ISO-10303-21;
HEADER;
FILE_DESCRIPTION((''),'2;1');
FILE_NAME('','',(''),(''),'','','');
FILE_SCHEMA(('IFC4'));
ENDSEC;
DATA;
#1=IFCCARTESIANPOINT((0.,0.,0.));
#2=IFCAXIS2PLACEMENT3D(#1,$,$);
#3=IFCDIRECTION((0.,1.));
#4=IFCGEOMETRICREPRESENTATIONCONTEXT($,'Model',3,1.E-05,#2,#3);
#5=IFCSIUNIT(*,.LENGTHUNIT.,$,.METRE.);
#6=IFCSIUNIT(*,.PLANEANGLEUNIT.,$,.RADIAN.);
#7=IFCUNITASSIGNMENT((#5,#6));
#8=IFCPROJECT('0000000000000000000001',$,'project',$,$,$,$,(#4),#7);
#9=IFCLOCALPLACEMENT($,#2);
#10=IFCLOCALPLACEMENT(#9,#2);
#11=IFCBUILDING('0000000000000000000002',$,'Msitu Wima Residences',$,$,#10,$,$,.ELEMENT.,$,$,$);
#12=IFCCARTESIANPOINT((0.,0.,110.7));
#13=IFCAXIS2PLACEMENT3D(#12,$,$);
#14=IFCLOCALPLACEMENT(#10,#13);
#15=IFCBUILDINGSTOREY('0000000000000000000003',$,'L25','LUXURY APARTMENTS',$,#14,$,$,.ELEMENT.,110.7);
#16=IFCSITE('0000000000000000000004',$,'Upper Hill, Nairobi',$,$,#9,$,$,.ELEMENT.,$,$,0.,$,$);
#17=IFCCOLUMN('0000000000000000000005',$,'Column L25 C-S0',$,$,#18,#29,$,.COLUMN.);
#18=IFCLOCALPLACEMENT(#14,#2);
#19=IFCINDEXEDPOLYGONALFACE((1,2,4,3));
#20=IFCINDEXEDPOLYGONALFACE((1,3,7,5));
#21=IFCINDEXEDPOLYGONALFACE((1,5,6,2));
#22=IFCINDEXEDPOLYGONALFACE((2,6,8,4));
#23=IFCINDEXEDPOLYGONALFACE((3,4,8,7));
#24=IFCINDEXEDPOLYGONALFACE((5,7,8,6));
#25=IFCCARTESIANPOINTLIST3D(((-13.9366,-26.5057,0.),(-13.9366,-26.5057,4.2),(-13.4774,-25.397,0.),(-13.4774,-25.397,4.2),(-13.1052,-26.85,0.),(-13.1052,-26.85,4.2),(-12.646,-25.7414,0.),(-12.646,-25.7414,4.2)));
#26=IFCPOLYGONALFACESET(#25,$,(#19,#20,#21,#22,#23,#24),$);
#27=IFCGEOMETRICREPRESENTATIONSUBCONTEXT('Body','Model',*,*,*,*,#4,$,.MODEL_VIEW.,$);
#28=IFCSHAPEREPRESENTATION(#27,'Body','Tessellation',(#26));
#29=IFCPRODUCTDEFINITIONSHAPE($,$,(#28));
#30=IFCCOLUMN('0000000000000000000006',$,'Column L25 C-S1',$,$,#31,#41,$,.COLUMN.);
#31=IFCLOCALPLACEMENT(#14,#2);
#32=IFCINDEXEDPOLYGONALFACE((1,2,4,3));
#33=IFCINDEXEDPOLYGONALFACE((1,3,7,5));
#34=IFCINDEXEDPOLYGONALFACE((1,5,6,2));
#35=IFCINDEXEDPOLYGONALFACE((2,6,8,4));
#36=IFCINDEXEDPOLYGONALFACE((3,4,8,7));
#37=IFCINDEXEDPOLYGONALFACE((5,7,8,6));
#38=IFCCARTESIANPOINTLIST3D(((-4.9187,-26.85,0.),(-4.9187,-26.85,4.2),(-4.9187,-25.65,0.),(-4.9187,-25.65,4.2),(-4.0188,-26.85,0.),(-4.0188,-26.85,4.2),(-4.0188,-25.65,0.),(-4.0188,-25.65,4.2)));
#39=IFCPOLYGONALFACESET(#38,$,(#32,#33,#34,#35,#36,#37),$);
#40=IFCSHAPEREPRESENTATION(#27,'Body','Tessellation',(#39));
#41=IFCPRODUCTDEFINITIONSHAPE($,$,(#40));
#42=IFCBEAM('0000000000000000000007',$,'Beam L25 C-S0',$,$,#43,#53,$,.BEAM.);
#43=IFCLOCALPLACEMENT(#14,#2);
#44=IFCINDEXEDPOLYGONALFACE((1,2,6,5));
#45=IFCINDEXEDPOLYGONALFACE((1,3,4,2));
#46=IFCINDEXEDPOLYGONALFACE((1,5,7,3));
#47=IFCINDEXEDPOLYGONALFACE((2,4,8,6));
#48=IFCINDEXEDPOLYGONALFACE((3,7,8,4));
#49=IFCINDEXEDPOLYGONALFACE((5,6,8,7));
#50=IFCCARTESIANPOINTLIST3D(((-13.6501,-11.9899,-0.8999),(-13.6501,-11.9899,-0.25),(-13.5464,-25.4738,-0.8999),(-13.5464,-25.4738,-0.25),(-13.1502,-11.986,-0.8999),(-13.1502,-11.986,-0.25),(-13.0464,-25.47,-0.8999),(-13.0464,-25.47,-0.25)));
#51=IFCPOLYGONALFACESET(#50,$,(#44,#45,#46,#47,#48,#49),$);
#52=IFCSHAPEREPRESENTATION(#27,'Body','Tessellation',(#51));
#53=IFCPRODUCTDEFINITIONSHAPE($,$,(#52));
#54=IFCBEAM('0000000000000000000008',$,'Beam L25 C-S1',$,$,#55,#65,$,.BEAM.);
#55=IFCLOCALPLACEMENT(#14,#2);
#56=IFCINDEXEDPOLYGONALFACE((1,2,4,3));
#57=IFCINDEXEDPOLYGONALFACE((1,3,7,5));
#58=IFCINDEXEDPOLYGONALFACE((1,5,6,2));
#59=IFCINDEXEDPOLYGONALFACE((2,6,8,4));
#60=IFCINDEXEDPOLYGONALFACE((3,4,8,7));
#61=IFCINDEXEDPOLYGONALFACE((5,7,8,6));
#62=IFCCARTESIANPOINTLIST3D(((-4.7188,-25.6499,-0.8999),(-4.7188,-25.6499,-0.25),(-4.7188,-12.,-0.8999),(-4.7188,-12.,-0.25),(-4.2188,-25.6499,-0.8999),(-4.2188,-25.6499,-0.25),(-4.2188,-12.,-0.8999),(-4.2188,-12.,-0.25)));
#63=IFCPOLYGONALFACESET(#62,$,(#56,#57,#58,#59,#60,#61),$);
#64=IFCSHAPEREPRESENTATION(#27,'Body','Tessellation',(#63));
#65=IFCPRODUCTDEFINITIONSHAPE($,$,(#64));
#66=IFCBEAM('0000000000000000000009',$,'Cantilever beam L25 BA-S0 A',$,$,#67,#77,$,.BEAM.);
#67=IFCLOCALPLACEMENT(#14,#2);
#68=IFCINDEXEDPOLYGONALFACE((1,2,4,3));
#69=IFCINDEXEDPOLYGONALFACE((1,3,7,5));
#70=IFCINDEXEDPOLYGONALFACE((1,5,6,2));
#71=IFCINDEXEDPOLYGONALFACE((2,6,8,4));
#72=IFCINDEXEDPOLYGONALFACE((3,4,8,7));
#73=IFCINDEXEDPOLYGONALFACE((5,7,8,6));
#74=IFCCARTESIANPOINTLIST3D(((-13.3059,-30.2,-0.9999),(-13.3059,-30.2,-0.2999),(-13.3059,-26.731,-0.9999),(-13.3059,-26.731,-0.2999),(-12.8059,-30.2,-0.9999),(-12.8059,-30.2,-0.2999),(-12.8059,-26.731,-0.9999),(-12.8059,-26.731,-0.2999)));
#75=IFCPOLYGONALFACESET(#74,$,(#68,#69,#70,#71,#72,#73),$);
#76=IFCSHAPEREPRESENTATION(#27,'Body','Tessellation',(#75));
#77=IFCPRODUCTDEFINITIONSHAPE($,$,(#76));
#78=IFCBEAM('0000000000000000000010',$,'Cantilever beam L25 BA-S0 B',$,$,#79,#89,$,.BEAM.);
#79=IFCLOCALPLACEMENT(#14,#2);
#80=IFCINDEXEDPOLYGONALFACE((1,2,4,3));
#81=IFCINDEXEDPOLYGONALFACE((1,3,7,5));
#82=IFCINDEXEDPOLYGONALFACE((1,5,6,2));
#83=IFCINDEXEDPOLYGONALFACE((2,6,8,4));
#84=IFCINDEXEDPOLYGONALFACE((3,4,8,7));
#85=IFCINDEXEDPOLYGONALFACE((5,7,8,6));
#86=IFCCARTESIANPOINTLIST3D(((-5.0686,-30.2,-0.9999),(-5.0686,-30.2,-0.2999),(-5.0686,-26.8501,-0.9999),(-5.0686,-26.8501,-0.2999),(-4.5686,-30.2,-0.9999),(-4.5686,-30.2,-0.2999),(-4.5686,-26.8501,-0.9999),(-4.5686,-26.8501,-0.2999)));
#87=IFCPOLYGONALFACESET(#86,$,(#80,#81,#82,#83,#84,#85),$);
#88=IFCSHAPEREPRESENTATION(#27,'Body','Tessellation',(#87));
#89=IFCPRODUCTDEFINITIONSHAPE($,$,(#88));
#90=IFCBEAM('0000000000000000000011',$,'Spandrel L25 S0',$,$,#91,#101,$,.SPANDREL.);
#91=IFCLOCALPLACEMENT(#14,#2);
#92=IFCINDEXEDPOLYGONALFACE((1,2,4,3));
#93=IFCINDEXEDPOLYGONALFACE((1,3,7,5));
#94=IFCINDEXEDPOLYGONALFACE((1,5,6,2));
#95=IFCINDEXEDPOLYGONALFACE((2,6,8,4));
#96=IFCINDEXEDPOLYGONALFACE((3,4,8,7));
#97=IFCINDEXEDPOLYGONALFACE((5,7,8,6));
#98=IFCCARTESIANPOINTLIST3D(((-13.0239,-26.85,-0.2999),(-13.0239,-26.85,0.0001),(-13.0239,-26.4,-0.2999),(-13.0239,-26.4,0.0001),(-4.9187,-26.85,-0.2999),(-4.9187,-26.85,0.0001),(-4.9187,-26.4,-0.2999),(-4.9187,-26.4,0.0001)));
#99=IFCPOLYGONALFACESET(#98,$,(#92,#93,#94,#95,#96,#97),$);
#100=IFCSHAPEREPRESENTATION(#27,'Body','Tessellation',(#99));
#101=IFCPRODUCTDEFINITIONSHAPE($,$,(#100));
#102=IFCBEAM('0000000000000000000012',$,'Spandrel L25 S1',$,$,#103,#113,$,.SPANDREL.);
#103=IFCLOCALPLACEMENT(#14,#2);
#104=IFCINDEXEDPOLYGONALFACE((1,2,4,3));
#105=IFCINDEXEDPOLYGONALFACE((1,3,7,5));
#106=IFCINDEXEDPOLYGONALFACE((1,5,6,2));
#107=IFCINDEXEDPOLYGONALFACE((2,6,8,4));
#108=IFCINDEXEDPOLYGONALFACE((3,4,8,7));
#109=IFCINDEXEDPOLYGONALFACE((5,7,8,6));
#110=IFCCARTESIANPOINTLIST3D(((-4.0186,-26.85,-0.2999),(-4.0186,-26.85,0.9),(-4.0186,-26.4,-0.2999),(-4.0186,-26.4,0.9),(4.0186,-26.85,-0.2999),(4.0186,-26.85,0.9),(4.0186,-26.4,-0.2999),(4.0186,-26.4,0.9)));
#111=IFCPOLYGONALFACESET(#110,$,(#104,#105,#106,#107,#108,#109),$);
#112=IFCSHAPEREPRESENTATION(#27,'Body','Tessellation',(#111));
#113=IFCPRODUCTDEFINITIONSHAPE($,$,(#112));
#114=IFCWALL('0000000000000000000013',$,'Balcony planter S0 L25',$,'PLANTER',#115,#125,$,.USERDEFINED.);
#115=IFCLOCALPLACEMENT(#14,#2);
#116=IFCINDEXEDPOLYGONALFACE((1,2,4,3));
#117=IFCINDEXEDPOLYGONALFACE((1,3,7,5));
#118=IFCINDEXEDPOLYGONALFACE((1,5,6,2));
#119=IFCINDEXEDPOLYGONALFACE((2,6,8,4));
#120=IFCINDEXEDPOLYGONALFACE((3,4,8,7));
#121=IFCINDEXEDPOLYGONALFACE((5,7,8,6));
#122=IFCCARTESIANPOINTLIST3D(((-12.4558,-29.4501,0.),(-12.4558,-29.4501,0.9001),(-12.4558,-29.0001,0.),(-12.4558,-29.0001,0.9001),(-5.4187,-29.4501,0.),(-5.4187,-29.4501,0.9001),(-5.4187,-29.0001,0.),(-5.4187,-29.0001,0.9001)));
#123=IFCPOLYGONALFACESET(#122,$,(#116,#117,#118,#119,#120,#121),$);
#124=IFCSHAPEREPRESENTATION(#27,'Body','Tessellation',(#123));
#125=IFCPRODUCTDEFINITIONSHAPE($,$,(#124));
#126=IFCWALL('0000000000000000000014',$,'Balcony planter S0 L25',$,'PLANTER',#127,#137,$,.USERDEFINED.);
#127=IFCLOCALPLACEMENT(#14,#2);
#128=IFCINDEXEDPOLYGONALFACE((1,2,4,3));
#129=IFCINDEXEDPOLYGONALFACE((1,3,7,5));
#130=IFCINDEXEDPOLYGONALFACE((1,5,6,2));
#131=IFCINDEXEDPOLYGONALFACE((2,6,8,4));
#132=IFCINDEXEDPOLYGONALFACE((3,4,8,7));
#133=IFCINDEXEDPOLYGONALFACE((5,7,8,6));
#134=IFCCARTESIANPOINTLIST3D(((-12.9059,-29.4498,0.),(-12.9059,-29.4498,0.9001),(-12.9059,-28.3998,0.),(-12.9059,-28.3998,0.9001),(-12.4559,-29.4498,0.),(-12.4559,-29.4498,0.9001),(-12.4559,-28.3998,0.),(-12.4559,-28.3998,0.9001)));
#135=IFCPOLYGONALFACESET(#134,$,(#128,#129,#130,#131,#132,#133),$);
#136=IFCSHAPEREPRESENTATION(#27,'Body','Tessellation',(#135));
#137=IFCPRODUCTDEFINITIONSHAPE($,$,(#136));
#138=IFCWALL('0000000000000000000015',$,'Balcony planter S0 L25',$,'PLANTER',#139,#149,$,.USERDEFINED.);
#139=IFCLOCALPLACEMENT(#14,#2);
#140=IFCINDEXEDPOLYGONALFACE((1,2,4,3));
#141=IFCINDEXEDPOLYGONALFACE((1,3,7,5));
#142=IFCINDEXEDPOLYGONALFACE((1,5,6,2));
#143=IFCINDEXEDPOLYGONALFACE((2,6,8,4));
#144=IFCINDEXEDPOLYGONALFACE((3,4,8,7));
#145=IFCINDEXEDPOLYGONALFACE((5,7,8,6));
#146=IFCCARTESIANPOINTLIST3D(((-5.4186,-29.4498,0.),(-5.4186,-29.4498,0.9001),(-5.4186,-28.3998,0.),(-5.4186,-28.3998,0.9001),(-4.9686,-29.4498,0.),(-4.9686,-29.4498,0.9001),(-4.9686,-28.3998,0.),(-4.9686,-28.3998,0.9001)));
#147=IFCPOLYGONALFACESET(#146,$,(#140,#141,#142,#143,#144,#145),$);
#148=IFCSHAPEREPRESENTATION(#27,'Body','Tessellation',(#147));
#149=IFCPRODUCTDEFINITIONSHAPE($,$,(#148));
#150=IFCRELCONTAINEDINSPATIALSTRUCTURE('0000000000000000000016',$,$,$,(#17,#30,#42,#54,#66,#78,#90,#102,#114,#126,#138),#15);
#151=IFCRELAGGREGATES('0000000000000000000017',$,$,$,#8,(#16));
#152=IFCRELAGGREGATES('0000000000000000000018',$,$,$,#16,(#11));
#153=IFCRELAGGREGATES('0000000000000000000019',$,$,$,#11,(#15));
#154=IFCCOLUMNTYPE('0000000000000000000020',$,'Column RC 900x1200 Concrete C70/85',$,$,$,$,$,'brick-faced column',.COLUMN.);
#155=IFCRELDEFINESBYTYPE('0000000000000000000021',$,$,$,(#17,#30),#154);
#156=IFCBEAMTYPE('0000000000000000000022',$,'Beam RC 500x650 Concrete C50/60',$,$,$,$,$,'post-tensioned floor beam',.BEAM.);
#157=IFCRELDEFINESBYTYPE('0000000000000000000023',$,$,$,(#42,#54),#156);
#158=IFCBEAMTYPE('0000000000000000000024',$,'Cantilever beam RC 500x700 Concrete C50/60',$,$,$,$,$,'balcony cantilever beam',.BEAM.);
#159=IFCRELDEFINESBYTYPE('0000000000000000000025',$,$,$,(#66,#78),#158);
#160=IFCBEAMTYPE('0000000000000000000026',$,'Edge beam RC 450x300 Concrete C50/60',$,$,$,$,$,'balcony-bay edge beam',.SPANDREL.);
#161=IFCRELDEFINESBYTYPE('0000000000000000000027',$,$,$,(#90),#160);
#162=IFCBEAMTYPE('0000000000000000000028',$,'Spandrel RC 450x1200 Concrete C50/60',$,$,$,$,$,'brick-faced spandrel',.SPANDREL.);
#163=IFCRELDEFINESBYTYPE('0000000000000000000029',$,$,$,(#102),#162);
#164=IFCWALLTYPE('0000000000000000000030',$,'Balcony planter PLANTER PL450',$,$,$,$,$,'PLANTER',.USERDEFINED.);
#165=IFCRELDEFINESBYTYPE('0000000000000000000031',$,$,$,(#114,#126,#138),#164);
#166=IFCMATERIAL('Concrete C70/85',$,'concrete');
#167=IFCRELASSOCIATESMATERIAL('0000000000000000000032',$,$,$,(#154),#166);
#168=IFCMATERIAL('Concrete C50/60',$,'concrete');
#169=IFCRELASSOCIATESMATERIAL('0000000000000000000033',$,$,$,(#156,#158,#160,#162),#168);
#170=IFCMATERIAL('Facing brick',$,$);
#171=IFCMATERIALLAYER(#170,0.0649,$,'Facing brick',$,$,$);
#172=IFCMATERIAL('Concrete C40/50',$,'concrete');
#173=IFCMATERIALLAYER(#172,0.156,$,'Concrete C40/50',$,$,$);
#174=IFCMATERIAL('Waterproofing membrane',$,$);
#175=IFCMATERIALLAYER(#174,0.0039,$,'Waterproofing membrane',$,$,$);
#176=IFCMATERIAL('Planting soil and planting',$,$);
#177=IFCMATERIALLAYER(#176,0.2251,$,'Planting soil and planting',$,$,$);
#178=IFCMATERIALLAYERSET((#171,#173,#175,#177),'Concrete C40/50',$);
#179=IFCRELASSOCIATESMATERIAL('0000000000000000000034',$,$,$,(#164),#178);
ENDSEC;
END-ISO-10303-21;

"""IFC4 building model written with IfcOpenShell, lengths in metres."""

from ifc_helpers import new_model, si_unit, direction, frame, frame_2d, origin, origin_2d, place, context, subcontext, project, spatial, rectangle, extrude, material, layer, layer_set, material_profile, profile_set, type_object, element, save


model = new_model("IFC4")

# Units and contexts
model_context = context("Model", 3, precision=1e-05, world=origin(), true_north=direction((0.0, 1.0)))
body_context = subcontext(model_context, "Body", "Model", "MODEL_VIEW")
ifc_project = project(units=[si_unit("LENGTHUNIT", "METRE"), si_unit("PLANEANGLEUNIT", "RADIAN")], contexts=[model_context])

# Site, building, storey
site_placement = place(None, origin())
site = spatial("IfcSite", under=ifc_project, at=site_placement, Name="Upper Hill, Nairobi", CompositionType="ELEMENT", RefElevation=0.0)
building_placement = place(site_placement, origin())
building = spatial("IfcBuilding", under=site, at=building_placement, Name="Msitu Wima Residences", CompositionType="ELEMENT")
storey_placement = place(building_placement, frame((0.0, 0.0, 110.7)))
storey = spatial("IfcBuildingStorey", under=building, at=storey_placement, Name="L25", Description="LUXURY APARTMENTS", CompositionType="ELEMENT", Elevation=110.7)

# Columns
ifc_material_1 = material(Name="Concrete C70/85", Category="concrete")
ifc_material_profile_1 = material_profile(ifc_material_1, rectangle(XDim=0.8999, YDim=1.2, at=origin_2d()), Name="RC 900x1200")
ifc_profile_set_1 = profile_set([ifc_material_profile_1], Name="Concrete C70/85")
column_type = type_object("IfcColumnType", Name="Column RC 900x1200 Concrete C70/85", ElementType="brick-faced column", PredefinedType="COLUMN", material=ifc_profile_set_1)
for number, where, z_axis, x_axis, name in (
    (1, (-13.2913, -26.1235, 0.0), (0.0, 0.0, 1.0), (0.92388, -0.382683, 0.0), "Column L25 C-S0"),
    (2, (-4.4688, -26.25, 0.0), (0.0, 0.0, 1.0), (1.0, 0.0, 0.0), "Column L25 C-S1"),
):
    element("IfcColumn", number, at=place(storey_placement, frame(where, z_axis=z_axis, x_axis=x_axis)), inside=storey, type_object=column_type, Name=name, PredefinedType="COLUMN", context=body_context, shape_type="SweptSolid", body=[
        extrude(rectangle(XDim=0.8999, YDim=1.2, at=origin_2d()), origin(), (0.0, 0.0, 1.0), 4.2),
    ])

# Beams
ifc_material_2 = material(Name="Concrete C50/60", Category="concrete")
ifc_material_profile_2 = material_profile(ifc_material_2, rectangle(XDim=0.5, YDim=0.6499, at=origin_2d()), Name="RC 500x650")
ifc_profile_set_2 = profile_set([ifc_material_profile_2], Name="Concrete C50/60")
beam_type_1 = type_object("IfcBeamType", Name="Beam RC 500x650 Concrete C50/60", ElementType="post-tensioned floor beam", PredefinedType="BEAM", material=ifc_profile_set_2)
beam_1_placement = place(storey_placement, frame((-13.2964, -25.4719, -0.575), z_axis=(-0.007695, 0.99997, 0.0), x_axis=(-0.99997, -0.007695, 0.0)))
element("IfcBeam", 3, at=beam_1_placement, inside=storey, type_object=beam_type_1, Name="Beam L25 C-S0", PredefinedType="BEAM", context=body_context, shape_type="SweptSolid", body=[
    extrude(rectangle(XDim=0.5, YDim=0.6499, at=origin_2d()), origin(), (0.0, 0.0, 1.0), 13.4844),
])
beam_2_placement = place(storey_placement, frame((-4.4688, -25.6499, -0.575), z_axis=(0.0, 1.0, 0.0), x_axis=(-1.0, 0.0, 0.0)))
element("IfcBeam", 4, at=beam_2_placement, inside=storey, type_object=beam_type_1, Name="Beam L25 C-S1", PredefinedType="BEAM", context=body_context, shape_type="SweptSolid", body=[
    extrude(rectangle(XDim=0.5, YDim=0.6499, at=origin_2d()), origin(), (0.0, 0.0, 1.0), 13.6499),
])
ifc_material_profile_3 = material_profile(ifc_material_2, rectangle(XDim=0.5, YDim=0.7, at=origin_2d()), Name="RC 500x700")
ifc_profile_set_3 = profile_set([ifc_material_profile_3], Name="Concrete C50/60")
beam_type_2 = type_object("IfcBeamType", Name="Cantilever beam RC 500x700 Concrete C50/60", ElementType="balcony cantilever beam", PredefinedType="BEAM", material=ifc_profile_set_3)
beam_3_placement = place(storey_placement, frame((-13.0559, -26.731, -0.6499), z_axis=(0.0, -1.0, 0.0), x_axis=(1.0, 0.0, 0.0)))
element("IfcBeam", 5, at=beam_3_placement, inside=storey, type_object=beam_type_2, Name="Cantilever beam L25 BA-S0 A", PredefinedType="BEAM", context=body_context, shape_type="SweptSolid", body=[
    extrude(rectangle(XDim=0.5, YDim=0.7, at=origin_2d()), origin(), (0.0, 0.0, 1.0), 3.469),
])
beam_4_placement = place(storey_placement, frame((-4.8186, -26.8501, -0.6499), z_axis=(0.0, -1.0, 0.0), x_axis=(1.0, 0.0, 0.0)))
element("IfcBeam", 6, at=beam_4_placement, inside=storey, type_object=beam_type_2, Name="Cantilever beam L25 BA-S0 B", PredefinedType="BEAM", context=body_context, shape_type="SweptSolid", body=[
    extrude(rectangle(XDim=0.5, YDim=0.7, at=origin_2d()), origin(), (0.0, 0.0, 1.0), 3.3499),
])
ifc_material_profile_4 = material_profile(ifc_material_2, rectangle(XDim=0.45, YDim=0.3, at=origin_2d()), Name="RC 450x300")
ifc_profile_set_4 = profile_set([ifc_material_profile_4], Name="Concrete C50/60")
beam_type_3 = type_object("IfcBeamType", Name="Edge beam RC 450x300 Concrete C50/60", ElementType="balcony-bay edge beam", PredefinedType="SPANDREL", material=ifc_profile_set_4)
beam_5_placement = place(storey_placement, frame((-13.0239, -26.625, -0.1499), z_axis=(1.0, 0.0, 0.0), x_axis=(0.0, 1.0, 0.0)))
element("IfcBeam", 7, at=beam_5_placement, inside=storey, type_object=beam_type_3, Name="Spandrel L25 S0", PredefinedType="SPANDREL", context=body_context, shape_type="SweptSolid", body=[
    extrude(rectangle(XDim=0.45, YDim=0.3, at=origin_2d()), origin(), (0.0, 0.0, 1.0), 8.1052),
])
ifc_material_profile_5 = material_profile(ifc_material_2, rectangle(XDim=0.45, YDim=1.2, at=origin_2d()), Name="RC 450x1200")
ifc_profile_set_5 = profile_set([ifc_material_profile_5], Name="Concrete C50/60")
beam_type_4 = type_object("IfcBeamType", Name="Spandrel RC 450x1200 Concrete C50/60", ElementType="brick-faced spandrel", PredefinedType="SPANDREL", material=ifc_profile_set_5)
beam_6_placement = place(storey_placement, frame((-4.0186, -26.625, 0.3), z_axis=(1.0, 0.0, 0.0), x_axis=(0.0, 1.0, 0.0)))
element("IfcBeam", 8, at=beam_6_placement, inside=storey, type_object=beam_type_4, Name="Spandrel L25 S1", PredefinedType="SPANDREL", context=body_context, shape_type="SweptSolid", body=[
    extrude(rectangle(XDim=0.45, YDim=1.2, at=origin_2d()), origin(), (0.0, 0.0, 1.0), 8.0371),
])

# Walls
ifc_material_3 = material(Name="Facing brick")
ifc_layer_1 = layer(ifc_material_3, 0.0649, Name="Facing brick")
ifc_material_4 = material(Name="Concrete C40/50", Category="concrete")
ifc_layer_2 = layer(ifc_material_4, 0.156, Name="Concrete C40/50")
ifc_material_5 = material(Name="Waterproofing membrane")
ifc_layer_3 = layer(ifc_material_5, 0.0039, Name="Waterproofing membrane")
ifc_material_6 = material(Name="Planting soil and planting")
ifc_layer_4 = layer(ifc_material_6, 0.2251, Name="Planting soil and planting")
ifc_layer_set_1 = layer_set([ifc_layer_1, ifc_layer_2, ifc_layer_3, ifc_layer_4], Name="Concrete C40/50")
wall_type_1 = type_object("IfcWallType", Name="Balcony planter PLANTER PL450", ElementType="PLANTER", PredefinedType="USERDEFINED", material=ifc_layer_set_1)
wall_1_placement = place(storey_placement, frame((-12.4558, -29.2251, 0.0), z_axis=(0.0, 0.0, 1.0), x_axis=(1.0, 0.0, 0.0)))
element("IfcWall", 9, at=wall_1_placement, inside=storey, type_object=wall_type_1, Name="Balcony planter S0 L25", ObjectType="PLANTER", PredefinedType="USERDEFINED", context=body_context, shape_type="SweptSolid", body=[
    extrude(rectangle(XDim=7.0371, YDim=0.45, at=frame_2d((3.5186, 0.0))), origin(), (0.0, 0.0, 1.0), 0.9001),
])
for number, where, z_axis, x_axis, name in (
    (10, (-12.6809, -28.3999, 0.0), (0.0, 0.0, 1.0), (0.0, -1.0, 0.0), "Balcony planter S0 L25"),
    (11, (-5.1936, -28.3999, 0.0), (0.0, 0.0, 1.0), (0.0, -1.0, 0.0), "Balcony planter S0 L25"),
):
    element("IfcWall", number, at=place(storey_placement, frame(where, z_axis=z_axis, x_axis=x_axis)), inside=storey, type_object=wall_type_1, Name=name, ObjectType="PLANTER", PredefinedType="USERDEFINED", context=body_context, shape_type="SweptSolid", body=[
        extrude(rectangle(XDim=1.05, YDim=0.45, at=frame_2d((0.5249, 0.0))), origin(), (0.0, 0.0, 1.0), 0.9001),
    ])

save(model, "model.ifc")
